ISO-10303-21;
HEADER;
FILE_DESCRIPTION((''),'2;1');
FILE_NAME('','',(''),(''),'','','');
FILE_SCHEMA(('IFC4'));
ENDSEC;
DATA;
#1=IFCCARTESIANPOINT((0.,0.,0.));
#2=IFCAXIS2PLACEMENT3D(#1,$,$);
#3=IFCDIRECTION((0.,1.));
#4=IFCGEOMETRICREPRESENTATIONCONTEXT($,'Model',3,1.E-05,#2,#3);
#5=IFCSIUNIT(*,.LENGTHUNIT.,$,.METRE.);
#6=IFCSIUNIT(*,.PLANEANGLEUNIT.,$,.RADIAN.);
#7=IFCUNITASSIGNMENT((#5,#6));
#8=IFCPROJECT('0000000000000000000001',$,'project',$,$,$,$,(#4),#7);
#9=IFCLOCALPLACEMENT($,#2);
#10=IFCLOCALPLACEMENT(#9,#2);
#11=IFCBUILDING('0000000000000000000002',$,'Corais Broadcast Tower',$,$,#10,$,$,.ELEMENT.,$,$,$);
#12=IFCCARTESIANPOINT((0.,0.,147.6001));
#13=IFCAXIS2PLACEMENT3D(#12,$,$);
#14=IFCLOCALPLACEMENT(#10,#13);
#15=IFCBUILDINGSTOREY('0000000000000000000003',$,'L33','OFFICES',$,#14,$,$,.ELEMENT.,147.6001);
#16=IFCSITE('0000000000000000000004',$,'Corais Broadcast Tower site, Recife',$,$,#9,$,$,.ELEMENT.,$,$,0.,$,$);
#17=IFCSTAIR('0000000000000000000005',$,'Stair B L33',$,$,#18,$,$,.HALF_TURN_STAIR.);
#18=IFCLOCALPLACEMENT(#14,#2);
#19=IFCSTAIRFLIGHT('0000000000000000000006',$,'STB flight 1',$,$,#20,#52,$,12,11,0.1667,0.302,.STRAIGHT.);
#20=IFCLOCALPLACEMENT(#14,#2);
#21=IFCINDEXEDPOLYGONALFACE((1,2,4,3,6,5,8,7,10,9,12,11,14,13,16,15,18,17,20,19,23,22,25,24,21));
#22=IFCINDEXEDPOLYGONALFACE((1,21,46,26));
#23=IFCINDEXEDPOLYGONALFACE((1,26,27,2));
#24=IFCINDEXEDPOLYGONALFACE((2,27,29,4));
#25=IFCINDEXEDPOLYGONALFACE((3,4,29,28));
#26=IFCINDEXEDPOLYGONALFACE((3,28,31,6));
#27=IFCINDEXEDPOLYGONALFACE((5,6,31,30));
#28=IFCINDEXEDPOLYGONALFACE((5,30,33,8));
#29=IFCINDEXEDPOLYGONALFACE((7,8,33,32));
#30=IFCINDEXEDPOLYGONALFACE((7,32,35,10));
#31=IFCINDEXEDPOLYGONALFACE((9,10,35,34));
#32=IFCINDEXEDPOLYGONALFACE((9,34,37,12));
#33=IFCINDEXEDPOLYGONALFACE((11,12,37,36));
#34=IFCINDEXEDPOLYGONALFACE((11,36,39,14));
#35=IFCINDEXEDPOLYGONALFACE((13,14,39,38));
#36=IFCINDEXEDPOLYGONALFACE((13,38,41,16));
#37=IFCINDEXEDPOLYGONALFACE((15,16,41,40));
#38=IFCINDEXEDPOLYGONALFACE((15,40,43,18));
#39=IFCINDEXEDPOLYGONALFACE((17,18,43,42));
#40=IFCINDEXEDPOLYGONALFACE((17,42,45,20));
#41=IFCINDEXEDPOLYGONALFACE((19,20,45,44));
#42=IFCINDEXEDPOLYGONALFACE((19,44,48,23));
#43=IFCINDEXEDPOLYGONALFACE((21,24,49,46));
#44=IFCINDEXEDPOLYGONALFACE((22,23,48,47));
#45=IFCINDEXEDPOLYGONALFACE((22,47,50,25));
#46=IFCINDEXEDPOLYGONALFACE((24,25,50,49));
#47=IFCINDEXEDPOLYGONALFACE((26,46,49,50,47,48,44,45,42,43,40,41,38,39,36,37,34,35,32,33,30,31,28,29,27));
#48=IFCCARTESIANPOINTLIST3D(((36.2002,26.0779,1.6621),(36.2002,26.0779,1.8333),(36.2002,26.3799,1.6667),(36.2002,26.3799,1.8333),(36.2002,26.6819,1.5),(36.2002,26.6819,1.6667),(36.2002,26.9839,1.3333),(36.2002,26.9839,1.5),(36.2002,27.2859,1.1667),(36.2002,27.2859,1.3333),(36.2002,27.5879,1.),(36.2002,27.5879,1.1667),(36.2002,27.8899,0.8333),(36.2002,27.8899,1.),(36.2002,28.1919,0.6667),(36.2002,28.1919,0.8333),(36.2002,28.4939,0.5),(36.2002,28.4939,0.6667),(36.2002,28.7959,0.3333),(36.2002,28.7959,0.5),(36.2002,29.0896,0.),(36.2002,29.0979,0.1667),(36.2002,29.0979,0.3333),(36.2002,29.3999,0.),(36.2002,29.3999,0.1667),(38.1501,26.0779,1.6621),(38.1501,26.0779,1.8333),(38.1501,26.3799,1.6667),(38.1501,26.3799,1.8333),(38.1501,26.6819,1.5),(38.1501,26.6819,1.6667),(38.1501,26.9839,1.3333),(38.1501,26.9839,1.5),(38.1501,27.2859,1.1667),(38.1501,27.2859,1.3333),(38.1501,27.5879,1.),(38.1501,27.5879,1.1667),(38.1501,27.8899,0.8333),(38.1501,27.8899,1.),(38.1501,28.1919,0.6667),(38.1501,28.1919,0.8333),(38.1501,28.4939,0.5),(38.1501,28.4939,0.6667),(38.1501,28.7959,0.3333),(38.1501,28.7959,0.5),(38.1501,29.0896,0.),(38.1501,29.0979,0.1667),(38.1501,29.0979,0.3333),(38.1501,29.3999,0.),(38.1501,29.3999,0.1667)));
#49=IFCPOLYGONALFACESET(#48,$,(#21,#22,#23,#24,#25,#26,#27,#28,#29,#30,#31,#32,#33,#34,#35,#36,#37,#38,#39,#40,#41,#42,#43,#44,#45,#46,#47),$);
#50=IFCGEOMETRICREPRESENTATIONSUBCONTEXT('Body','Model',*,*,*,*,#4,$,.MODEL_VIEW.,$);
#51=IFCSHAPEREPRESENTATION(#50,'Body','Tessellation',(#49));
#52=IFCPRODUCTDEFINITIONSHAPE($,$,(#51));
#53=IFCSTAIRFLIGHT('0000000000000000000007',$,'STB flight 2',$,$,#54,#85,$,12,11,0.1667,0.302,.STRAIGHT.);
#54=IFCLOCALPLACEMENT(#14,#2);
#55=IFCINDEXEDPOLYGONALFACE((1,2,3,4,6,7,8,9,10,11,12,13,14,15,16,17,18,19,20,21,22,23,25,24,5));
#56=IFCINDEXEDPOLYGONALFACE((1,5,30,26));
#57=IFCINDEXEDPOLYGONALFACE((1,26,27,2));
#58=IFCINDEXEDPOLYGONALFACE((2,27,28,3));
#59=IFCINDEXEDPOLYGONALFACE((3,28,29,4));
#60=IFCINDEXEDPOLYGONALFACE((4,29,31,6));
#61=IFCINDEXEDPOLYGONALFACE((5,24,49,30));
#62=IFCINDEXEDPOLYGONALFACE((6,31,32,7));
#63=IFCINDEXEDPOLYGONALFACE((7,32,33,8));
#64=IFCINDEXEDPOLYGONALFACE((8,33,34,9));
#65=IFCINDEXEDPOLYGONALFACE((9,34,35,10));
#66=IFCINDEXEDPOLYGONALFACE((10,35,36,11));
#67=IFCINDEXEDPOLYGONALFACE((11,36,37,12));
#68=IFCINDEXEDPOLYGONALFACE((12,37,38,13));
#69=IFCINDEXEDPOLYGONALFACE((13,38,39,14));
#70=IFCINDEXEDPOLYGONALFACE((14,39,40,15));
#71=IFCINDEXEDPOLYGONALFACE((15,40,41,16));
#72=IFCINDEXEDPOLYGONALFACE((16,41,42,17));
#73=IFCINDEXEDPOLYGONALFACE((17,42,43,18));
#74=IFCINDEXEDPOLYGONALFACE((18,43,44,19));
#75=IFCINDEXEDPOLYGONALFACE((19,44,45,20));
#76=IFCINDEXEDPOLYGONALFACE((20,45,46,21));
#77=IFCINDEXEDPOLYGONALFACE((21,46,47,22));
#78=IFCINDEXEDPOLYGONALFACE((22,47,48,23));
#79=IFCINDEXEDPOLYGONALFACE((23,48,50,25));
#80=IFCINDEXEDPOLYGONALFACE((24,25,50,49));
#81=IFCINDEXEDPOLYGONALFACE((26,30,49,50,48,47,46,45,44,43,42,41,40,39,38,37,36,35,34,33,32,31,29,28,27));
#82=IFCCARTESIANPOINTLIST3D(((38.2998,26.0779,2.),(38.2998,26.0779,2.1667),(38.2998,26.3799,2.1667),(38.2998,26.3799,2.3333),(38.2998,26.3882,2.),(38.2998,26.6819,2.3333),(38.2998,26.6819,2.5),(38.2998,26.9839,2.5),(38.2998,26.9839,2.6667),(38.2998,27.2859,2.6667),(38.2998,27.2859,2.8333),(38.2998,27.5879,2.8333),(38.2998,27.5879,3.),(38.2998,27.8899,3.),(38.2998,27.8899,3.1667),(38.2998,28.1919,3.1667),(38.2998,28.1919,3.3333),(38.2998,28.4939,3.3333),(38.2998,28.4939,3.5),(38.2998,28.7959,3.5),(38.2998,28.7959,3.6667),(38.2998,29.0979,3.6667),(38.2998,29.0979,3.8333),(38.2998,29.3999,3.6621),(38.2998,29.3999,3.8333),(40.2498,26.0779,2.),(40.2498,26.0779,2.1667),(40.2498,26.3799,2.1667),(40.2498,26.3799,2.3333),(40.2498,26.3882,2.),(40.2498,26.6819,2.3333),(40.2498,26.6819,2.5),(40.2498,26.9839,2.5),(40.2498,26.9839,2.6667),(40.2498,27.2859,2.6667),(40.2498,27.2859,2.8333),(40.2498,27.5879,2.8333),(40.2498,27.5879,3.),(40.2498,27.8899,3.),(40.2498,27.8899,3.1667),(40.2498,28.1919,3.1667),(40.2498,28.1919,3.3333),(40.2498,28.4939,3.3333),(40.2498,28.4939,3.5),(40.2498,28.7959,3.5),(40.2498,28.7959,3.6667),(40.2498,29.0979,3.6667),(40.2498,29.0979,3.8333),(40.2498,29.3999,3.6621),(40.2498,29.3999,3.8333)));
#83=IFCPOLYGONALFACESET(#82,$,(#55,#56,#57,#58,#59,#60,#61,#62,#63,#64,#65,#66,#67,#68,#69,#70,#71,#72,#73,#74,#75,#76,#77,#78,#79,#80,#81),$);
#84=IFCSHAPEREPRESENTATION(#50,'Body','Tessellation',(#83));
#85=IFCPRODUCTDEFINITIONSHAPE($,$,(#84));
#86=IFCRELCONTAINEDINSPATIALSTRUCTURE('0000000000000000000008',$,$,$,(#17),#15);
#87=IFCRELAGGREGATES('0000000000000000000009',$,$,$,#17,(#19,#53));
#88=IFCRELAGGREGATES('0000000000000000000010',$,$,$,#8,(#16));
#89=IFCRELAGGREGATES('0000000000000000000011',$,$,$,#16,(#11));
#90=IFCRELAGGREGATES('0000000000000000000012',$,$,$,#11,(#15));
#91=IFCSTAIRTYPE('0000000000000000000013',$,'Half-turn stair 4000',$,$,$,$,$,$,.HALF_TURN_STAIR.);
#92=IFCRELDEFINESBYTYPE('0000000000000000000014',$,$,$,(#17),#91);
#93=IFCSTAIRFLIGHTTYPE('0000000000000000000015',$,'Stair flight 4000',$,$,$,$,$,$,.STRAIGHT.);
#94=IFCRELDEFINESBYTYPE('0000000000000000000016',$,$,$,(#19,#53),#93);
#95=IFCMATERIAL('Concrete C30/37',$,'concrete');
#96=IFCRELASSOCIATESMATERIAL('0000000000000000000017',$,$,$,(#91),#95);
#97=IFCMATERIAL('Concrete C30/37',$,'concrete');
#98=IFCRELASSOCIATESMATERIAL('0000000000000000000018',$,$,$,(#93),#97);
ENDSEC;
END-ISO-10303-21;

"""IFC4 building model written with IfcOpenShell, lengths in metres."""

from ifc_helpers import new_model, si_unit, direction, frame, origin, place, context, subcontext, project, spatial, polyline, outline, extrude, material, type_object, element, aggregate, save


model = new_model("IFC4")

# Units and contexts
model_context = context("Model", 3, precision=1e-05, world=origin(), true_north=direction((0.0, 1.0)))
body_context = subcontext(model_context, "Body", "Model", "MODEL_VIEW")
ifc_project = project(units=[si_unit("LENGTHUNIT", "METRE"), si_unit("PLANEANGLEUNIT", "RADIAN")], contexts=[model_context])

# Site, building, storey
site_placement = place(None, origin())
site = spatial("IfcSite", under=ifc_project, at=site_placement, Name="Corais Broadcast Tower site, Recife", CompositionType="ELEMENT", RefElevation=0.0)
building_placement = place(site_placement, origin())
building = spatial("IfcBuilding", under=site, at=building_placement, Name="Corais Broadcast Tower", CompositionType="ELEMENT")
storey_placement = place(building_placement, frame((0.0, 0.0, 147.6001)))
storey = spatial("IfcBuildingStorey", under=building, at=storey_placement, Name="L33", Description="OFFICES", CompositionType="ELEMENT", Elevation=147.6001)

# Stair, stair flights
ifc_material_1 = material(Name="Concrete C30/37", Category="concrete")
stair_type = type_object("IfcStairType", Name="Half-turn stair 4000", PredefinedType="HALF_TURN_STAIR", material=ifc_material_1)
stair_placement = place(storey_placement, origin())
stair = element("IfcStair", 1, at=stair_placement, inside=storey, type_object=stair_type, Name="Stair B L33", PredefinedType="HALF_TURN_STAIR")
ifc_material_2 = material(Name="Concrete C30/37", Category="concrete")
stair_flight_type = type_object("IfcStairFlightType", Name="Stair flight 4000", PredefinedType="STRAIGHT", material=ifc_material_2)
stair_flight_1_placement = place(storey_placement, frame((37.175, 29.3999, 0.0), z_axis=(0.0, 0.0, 1.0), x_axis=(0.0, -1.0, 0.0)))
stair_flight_1 = element("IfcStairFlight", 2, at=stair_flight_1_placement, type_object=stair_flight_type, Name="STB flight 1", NumberOfRisers=12, NumberOfTreads=11, PredefinedType="STRAIGHT", RiserHeight=0.1667, TreadLength=0.302, context=body_context, shape_type="SweptSolid", body=[
    extrude(outline(polyline([(0.0, 0.0), (0.0, 0.1667), (0.302, 0.1667), (0.302, 0.3333), (0.604, 0.3333), (0.604, 0.5), (0.906, 0.5), (0.906, 0.6667), (1.208, 0.6667), (1.208, 0.8333), (1.51, 0.8333), (1.51, 1.0), (1.812, 1.0), (1.812, 1.1667), (2.114, 1.1667), (2.114, 1.3333), (2.416, 1.3333), (2.416, 1.5), (2.718, 1.5), (2.718, 1.6667), (3.02, 1.6667), (3.02, 1.8333), (3.322, 1.8333), (3.322, 2.0), (3.322, 1.6621), (0.3103, 0.0), (0.0, 0.0)])), frame((0.0, 0.9751, 0.0), z_axis=(0.0, -1.0, 0.0), x_axis=(1.0, 0.0, 0.0)), (0.0, 0.0, 1.0), 1.95),
])
stair_flight_2_placement = place(storey_placement, frame((39.2749, 26.0779, 2.0), z_axis=(0.0, 0.0, 1.0), x_axis=(0.0, 1.0, 0.0)))
stair_flight_2 = element("IfcStairFlight", 3, at=stair_flight_2_placement, type_object=stair_flight_type, Name="STB flight 2", NumberOfRisers=12, NumberOfTreads=11, PredefinedType="STRAIGHT", RiserHeight=0.1667, TreadLength=0.302, context=body_context, shape_type="SweptSolid", body=[
    extrude(outline(polyline([(0.0, 0.0), (0.0, 0.1667), (0.302, 0.1667), (0.302, 0.3333), (0.604, 0.3333), (0.604, 0.5), (0.906, 0.5), (0.906, 0.6667), (1.208, 0.6667), (1.208, 0.8333), (1.51, 0.8333), (1.51, 1.0), (1.812, 1.0), (1.812, 1.1667), (2.114, 1.1667), (2.114, 1.3333), (2.416, 1.3333), (2.416, 1.5), (2.718, 1.5), (2.718, 1.6667), (3.02, 1.6667), (3.02, 1.8333), (3.322, 1.8333), (3.322, 2.0), (3.322, 1.6621), (0.3103, 0.0), (0.0, 0.0)])), frame((0.0, 0.9751, 0.0), z_axis=(0.0, -1.0, 0.0), x_axis=(1.0, 0.0, 0.0)), (0.0, 0.0, 1.0), 1.95),
])
aggregate(stair, [stair_flight_1, stair_flight_2])

save(model, "model.ifc")
